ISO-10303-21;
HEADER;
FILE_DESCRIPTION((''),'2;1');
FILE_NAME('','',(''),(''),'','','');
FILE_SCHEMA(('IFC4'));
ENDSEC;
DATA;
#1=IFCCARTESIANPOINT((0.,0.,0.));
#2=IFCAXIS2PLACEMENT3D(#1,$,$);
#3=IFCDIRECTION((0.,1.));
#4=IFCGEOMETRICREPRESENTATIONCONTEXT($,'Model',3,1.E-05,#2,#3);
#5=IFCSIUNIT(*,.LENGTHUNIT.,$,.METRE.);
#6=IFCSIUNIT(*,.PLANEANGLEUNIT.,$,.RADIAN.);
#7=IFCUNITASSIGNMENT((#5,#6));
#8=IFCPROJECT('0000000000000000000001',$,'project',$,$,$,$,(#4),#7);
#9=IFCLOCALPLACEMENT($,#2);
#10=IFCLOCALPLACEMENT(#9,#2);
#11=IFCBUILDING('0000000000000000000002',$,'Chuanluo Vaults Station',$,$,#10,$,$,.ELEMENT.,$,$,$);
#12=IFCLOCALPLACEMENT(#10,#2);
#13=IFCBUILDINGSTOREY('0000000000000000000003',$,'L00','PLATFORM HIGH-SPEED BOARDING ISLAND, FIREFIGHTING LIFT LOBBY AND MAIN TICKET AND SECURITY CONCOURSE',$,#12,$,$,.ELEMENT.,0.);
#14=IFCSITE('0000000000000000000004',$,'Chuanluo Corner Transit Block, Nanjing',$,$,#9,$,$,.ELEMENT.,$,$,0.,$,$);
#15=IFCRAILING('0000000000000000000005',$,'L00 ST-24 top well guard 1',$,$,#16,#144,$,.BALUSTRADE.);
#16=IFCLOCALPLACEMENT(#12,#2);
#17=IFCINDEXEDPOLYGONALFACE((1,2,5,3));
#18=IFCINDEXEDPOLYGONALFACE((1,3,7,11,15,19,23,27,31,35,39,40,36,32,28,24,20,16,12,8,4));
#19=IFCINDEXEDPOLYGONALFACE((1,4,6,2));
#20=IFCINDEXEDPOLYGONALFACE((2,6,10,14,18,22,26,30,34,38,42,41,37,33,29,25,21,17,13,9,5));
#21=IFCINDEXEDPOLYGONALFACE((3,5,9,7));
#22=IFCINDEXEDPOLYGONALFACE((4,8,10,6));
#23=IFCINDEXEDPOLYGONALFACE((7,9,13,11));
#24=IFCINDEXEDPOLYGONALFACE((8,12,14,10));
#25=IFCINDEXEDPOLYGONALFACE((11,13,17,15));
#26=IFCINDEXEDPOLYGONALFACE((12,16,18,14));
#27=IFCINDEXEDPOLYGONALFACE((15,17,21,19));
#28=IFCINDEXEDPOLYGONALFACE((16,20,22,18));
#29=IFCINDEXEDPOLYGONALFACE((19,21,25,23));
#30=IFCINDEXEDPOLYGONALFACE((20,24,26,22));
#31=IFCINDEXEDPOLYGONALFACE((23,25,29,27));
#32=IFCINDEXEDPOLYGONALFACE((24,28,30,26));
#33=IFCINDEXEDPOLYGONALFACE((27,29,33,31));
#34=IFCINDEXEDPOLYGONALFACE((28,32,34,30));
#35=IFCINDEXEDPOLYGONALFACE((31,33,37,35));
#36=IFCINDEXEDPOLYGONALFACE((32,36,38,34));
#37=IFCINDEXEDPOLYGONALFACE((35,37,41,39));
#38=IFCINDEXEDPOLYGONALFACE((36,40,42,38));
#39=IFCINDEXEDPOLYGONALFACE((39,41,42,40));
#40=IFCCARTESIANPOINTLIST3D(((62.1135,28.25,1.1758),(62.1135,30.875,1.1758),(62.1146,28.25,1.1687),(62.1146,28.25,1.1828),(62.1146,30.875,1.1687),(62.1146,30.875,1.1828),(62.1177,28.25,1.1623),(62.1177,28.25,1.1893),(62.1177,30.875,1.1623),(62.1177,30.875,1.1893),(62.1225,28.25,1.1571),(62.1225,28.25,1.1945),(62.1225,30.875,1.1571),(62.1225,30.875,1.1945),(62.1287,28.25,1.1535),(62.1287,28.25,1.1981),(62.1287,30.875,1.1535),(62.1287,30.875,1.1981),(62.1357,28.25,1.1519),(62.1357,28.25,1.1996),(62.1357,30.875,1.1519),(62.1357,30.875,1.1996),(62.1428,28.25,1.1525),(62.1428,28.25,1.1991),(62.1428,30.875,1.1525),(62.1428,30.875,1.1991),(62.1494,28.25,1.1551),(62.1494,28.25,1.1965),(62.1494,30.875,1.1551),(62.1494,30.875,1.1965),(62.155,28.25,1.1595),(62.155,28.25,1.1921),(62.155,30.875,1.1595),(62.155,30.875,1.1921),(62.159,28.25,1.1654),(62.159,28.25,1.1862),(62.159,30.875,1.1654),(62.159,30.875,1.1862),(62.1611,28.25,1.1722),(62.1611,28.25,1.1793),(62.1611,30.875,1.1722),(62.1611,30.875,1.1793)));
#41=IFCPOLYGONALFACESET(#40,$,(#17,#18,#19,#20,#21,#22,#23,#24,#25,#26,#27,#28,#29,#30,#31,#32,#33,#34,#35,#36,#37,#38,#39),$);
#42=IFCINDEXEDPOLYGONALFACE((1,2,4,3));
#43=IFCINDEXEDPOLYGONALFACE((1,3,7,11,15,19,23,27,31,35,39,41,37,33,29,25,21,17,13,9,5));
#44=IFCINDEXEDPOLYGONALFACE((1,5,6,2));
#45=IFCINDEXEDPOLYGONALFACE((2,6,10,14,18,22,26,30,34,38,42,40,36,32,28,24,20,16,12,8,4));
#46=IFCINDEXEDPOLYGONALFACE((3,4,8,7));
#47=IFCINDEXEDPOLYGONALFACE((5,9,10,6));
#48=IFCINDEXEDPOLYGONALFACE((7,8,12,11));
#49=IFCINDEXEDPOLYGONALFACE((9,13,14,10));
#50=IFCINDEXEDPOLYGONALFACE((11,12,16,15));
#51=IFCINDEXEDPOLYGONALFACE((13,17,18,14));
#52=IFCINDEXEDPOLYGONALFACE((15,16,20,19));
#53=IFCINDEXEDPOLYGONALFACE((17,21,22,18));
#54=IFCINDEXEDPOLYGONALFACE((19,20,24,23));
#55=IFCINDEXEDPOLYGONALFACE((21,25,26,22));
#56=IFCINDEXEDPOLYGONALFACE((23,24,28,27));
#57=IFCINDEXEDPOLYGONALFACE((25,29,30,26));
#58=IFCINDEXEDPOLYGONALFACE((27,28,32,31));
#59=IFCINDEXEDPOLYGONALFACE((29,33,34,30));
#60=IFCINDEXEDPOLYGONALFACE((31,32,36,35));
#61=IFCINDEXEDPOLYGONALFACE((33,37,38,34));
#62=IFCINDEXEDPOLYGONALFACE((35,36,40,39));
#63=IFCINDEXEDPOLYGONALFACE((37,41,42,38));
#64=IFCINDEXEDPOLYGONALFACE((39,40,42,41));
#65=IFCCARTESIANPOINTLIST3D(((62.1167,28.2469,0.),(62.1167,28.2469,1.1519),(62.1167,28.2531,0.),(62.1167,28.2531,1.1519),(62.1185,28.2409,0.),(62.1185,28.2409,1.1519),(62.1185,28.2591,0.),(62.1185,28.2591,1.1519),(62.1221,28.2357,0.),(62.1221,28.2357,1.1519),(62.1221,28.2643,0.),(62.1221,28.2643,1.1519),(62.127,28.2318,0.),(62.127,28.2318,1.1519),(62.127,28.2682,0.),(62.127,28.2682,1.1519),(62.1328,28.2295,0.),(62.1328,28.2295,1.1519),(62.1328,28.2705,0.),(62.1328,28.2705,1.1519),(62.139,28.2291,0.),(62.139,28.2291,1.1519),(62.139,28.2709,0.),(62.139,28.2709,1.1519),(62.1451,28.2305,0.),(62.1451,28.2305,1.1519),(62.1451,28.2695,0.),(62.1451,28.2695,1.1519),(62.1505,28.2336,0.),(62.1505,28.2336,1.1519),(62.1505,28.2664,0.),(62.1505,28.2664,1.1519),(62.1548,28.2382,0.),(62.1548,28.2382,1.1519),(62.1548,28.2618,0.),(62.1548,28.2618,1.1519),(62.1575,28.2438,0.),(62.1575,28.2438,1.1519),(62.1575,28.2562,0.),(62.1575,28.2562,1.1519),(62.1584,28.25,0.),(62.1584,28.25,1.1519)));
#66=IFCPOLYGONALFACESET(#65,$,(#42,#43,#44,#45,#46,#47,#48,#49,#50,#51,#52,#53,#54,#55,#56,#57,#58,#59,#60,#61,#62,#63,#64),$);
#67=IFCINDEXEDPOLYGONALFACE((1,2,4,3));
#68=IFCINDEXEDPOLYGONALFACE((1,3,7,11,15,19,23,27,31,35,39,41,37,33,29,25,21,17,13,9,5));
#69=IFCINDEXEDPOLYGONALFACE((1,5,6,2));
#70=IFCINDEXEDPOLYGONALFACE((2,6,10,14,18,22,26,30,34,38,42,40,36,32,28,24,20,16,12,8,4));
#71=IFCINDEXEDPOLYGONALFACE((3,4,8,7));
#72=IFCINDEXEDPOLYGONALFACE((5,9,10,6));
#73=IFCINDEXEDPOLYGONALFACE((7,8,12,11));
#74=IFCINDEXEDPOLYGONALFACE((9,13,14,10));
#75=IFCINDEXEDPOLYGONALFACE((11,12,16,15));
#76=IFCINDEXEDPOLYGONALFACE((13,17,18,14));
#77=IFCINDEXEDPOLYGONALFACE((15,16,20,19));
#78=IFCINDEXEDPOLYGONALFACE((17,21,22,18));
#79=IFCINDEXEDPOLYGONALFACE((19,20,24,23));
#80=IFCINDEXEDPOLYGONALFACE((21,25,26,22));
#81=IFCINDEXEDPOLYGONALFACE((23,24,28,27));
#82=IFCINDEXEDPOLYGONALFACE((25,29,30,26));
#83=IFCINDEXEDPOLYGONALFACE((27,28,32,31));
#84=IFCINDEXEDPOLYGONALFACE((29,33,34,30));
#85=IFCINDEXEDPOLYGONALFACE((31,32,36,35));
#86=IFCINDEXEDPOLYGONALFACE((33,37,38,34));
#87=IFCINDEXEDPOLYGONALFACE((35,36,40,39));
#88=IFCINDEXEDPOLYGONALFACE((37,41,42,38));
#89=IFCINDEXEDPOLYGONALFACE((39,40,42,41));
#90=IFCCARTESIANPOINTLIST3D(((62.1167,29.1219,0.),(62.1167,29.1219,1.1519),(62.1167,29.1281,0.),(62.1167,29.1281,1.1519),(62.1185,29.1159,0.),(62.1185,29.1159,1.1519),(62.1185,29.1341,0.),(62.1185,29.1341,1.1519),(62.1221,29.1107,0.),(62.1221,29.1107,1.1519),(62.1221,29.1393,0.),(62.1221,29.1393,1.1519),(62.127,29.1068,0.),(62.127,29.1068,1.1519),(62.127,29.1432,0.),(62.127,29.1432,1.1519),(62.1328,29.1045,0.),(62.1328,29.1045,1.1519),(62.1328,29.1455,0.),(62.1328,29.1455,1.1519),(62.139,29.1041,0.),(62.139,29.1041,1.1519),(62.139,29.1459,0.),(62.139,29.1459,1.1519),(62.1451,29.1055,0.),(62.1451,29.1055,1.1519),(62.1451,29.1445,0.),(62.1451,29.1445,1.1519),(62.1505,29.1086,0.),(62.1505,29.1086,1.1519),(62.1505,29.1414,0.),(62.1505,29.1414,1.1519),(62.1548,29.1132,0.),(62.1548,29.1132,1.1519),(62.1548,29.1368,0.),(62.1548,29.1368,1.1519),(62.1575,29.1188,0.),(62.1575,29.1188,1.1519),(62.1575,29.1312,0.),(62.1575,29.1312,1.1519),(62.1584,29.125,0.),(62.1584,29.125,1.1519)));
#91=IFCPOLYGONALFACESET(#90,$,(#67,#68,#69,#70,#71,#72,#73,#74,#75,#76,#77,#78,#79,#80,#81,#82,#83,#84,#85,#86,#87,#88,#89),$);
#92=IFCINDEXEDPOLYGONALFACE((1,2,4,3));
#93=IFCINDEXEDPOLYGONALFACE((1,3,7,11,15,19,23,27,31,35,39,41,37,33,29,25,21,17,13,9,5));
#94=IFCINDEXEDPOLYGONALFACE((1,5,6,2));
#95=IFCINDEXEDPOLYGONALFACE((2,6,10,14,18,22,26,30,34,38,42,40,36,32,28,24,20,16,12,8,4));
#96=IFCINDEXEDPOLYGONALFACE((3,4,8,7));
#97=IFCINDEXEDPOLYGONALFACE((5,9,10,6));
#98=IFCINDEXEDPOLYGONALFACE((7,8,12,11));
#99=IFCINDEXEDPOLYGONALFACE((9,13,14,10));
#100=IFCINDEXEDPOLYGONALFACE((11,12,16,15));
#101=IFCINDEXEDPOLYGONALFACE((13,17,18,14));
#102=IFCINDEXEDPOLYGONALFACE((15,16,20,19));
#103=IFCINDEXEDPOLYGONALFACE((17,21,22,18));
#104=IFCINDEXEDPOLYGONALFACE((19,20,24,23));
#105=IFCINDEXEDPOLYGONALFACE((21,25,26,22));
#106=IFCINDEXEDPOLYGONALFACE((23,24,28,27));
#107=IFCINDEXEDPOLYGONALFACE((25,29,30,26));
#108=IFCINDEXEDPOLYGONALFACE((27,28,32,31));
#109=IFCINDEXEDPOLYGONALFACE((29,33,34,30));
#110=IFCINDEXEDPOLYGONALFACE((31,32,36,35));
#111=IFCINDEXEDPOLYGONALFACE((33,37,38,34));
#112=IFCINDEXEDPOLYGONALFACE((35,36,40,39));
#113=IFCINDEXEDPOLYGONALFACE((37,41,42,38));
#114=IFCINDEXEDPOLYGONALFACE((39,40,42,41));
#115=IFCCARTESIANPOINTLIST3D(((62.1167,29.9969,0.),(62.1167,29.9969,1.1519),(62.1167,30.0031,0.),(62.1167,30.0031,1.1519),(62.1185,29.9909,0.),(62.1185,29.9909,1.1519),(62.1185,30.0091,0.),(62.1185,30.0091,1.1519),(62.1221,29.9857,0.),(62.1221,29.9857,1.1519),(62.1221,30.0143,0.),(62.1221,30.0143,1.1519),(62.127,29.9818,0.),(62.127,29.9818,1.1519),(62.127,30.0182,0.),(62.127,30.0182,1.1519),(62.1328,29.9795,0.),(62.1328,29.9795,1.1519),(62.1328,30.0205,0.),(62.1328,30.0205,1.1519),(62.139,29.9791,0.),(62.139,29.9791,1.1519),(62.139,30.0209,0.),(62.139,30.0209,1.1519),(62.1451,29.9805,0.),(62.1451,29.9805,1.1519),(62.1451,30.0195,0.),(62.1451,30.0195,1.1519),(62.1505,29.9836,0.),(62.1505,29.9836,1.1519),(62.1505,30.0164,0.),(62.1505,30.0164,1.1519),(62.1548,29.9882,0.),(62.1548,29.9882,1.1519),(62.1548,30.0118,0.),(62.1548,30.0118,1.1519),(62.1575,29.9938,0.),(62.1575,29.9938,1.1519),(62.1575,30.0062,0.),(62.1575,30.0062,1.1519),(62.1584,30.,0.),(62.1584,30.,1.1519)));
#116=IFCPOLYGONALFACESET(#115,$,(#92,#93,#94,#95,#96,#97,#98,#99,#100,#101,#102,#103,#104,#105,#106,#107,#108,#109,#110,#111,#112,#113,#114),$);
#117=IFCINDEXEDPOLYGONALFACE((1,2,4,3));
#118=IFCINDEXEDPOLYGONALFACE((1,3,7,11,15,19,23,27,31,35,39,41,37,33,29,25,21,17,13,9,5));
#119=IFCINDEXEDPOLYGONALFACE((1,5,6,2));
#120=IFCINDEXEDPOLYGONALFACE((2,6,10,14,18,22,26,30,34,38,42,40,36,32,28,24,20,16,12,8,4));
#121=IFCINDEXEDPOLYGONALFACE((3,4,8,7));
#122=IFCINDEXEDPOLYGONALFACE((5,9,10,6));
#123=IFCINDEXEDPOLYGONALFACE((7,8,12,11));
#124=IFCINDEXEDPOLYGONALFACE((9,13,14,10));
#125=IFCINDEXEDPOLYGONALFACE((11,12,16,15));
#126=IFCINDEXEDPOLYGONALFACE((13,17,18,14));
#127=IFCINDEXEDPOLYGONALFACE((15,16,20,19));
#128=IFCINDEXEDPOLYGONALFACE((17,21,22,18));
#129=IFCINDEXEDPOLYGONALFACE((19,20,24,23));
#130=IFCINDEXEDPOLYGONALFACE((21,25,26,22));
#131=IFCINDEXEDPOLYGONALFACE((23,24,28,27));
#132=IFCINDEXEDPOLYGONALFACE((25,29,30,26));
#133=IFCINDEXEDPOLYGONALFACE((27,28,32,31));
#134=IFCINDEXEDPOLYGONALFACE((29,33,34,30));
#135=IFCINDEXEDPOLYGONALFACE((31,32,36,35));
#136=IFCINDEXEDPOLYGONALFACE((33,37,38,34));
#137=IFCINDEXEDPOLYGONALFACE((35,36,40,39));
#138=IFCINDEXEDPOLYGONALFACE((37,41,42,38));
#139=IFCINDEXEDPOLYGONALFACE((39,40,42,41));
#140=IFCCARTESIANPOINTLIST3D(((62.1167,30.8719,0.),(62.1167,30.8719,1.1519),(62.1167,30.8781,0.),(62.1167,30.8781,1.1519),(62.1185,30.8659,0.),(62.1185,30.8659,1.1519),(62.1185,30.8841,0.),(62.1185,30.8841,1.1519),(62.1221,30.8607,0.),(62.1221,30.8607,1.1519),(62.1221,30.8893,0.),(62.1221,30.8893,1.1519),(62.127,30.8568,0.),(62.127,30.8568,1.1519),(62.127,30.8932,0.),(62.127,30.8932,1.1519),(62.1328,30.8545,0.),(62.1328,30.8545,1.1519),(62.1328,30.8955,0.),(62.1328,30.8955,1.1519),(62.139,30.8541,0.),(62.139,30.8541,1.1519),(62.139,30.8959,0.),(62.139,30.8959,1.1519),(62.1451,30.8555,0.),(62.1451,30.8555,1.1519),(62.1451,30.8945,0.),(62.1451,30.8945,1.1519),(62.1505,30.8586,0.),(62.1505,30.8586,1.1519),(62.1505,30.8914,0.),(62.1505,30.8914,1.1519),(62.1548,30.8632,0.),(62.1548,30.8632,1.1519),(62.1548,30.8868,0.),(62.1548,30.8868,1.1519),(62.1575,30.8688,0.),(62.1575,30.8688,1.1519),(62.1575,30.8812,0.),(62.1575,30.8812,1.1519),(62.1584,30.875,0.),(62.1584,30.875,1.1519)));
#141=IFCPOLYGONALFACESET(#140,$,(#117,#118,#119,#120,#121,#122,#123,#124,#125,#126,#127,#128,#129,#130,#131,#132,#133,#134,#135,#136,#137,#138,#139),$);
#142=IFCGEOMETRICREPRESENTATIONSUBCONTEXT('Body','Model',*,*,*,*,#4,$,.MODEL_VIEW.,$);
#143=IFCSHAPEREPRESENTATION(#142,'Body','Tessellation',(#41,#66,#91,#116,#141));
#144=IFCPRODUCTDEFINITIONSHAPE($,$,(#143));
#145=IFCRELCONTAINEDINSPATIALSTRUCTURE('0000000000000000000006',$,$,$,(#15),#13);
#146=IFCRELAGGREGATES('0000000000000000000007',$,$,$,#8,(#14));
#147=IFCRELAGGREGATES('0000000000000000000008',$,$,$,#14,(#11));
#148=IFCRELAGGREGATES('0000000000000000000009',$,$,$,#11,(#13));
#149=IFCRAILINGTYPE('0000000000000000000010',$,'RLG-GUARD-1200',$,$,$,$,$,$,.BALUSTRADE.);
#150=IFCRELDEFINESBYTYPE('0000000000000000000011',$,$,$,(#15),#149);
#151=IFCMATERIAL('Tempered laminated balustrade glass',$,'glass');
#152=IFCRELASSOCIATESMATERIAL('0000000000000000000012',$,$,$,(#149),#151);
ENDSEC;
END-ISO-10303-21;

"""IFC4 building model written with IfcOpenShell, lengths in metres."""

from ifc_helpers import new_model, si_unit, direction, frame, origin, origin_2d, place, context, subcontext, project, spatial, circle, extrude, material, type_object, element, save


model = new_model("IFC4")

# Units and contexts
model_context = context("Model", 3, precision=1e-05, world=origin(), true_north=direction((0.0, 1.0)))
body_context = subcontext(model_context, "Body", "Model", "MODEL_VIEW")
ifc_project = project(units=[si_unit("LENGTHUNIT", "METRE"), si_unit("PLANEANGLEUNIT", "RADIAN")], contexts=[model_context])

# Site, building, storey
site_placement = place(None, origin())
site = spatial("IfcSite", under=ifc_project, at=site_placement, Name="Chuanluo Corner Transit Block, Nanjing", CompositionType="ELEMENT", RefElevation=0.0)
building_placement = place(site_placement, origin())
building = spatial("IfcBuilding", under=site, at=building_placement, Name="Chuanluo Vaults Station", CompositionType="ELEMENT")
storey_placement = place(building_placement, origin())
storey = spatial("IfcBuildingStorey", under=building, at=storey_placement, Name="L00", Description="PLATFORM HIGH-SPEED BOARDING ISLAND, FIREFIGHTING LIFT LOBBY AND MAIN TICKET AND SECURITY CONCOURSE", CompositionType="ELEMENT", Elevation=0.0)

# Railing
ifc_material_1 = material(Name="Tempered laminated balustrade glass", Category="glass")
railing_type_1 = type_object("IfcRailingType", Name="RLG-GUARD-1200", PredefinedType="BALUSTRADE", material=ifc_material_1)
railing_1_placement = place(storey_placement, frame((62.1375, 28.25, 0.0)))
element("IfcRailing", 1, at=railing_1_placement, inside=storey, type_object=railing_type_1, Name="L00 ST-24 top well guard 1", PredefinedType="BALUSTRADE", context=body_context, shape_type="SweptSolid", body=[
    extrude(circle(Radius=0.0239, at=origin_2d()), frame((0.0, 0.0, 1.1758), z_axis=(0.0, 1.0, 0.0), x_axis=(-1.0, 0.0, 0.0)), (0.0, 0.0, 1.0), 2.625),
    extrude(circle(Radius=0.021, at=origin_2d()), origin(), (0.0, 0.0, 1.0), 1.1519),
    extrude(circle(Radius=0.021, at=origin_2d()), frame((0.0, 0.875, 0.0)), (0.0, 0.0, 1.0), 1.1519),
    extrude(circle(Radius=0.021, at=origin_2d()), frame((0.0, 1.75, 0.0)), (0.0, 0.0, 1.0), 1.1519),
    extrude(circle(Radius=0.021, at=origin_2d()), frame((0.0, 2.625, 0.0)), (0.0, 0.0, 1.0), 1.1519),
])

save(model, "model.ifc")
